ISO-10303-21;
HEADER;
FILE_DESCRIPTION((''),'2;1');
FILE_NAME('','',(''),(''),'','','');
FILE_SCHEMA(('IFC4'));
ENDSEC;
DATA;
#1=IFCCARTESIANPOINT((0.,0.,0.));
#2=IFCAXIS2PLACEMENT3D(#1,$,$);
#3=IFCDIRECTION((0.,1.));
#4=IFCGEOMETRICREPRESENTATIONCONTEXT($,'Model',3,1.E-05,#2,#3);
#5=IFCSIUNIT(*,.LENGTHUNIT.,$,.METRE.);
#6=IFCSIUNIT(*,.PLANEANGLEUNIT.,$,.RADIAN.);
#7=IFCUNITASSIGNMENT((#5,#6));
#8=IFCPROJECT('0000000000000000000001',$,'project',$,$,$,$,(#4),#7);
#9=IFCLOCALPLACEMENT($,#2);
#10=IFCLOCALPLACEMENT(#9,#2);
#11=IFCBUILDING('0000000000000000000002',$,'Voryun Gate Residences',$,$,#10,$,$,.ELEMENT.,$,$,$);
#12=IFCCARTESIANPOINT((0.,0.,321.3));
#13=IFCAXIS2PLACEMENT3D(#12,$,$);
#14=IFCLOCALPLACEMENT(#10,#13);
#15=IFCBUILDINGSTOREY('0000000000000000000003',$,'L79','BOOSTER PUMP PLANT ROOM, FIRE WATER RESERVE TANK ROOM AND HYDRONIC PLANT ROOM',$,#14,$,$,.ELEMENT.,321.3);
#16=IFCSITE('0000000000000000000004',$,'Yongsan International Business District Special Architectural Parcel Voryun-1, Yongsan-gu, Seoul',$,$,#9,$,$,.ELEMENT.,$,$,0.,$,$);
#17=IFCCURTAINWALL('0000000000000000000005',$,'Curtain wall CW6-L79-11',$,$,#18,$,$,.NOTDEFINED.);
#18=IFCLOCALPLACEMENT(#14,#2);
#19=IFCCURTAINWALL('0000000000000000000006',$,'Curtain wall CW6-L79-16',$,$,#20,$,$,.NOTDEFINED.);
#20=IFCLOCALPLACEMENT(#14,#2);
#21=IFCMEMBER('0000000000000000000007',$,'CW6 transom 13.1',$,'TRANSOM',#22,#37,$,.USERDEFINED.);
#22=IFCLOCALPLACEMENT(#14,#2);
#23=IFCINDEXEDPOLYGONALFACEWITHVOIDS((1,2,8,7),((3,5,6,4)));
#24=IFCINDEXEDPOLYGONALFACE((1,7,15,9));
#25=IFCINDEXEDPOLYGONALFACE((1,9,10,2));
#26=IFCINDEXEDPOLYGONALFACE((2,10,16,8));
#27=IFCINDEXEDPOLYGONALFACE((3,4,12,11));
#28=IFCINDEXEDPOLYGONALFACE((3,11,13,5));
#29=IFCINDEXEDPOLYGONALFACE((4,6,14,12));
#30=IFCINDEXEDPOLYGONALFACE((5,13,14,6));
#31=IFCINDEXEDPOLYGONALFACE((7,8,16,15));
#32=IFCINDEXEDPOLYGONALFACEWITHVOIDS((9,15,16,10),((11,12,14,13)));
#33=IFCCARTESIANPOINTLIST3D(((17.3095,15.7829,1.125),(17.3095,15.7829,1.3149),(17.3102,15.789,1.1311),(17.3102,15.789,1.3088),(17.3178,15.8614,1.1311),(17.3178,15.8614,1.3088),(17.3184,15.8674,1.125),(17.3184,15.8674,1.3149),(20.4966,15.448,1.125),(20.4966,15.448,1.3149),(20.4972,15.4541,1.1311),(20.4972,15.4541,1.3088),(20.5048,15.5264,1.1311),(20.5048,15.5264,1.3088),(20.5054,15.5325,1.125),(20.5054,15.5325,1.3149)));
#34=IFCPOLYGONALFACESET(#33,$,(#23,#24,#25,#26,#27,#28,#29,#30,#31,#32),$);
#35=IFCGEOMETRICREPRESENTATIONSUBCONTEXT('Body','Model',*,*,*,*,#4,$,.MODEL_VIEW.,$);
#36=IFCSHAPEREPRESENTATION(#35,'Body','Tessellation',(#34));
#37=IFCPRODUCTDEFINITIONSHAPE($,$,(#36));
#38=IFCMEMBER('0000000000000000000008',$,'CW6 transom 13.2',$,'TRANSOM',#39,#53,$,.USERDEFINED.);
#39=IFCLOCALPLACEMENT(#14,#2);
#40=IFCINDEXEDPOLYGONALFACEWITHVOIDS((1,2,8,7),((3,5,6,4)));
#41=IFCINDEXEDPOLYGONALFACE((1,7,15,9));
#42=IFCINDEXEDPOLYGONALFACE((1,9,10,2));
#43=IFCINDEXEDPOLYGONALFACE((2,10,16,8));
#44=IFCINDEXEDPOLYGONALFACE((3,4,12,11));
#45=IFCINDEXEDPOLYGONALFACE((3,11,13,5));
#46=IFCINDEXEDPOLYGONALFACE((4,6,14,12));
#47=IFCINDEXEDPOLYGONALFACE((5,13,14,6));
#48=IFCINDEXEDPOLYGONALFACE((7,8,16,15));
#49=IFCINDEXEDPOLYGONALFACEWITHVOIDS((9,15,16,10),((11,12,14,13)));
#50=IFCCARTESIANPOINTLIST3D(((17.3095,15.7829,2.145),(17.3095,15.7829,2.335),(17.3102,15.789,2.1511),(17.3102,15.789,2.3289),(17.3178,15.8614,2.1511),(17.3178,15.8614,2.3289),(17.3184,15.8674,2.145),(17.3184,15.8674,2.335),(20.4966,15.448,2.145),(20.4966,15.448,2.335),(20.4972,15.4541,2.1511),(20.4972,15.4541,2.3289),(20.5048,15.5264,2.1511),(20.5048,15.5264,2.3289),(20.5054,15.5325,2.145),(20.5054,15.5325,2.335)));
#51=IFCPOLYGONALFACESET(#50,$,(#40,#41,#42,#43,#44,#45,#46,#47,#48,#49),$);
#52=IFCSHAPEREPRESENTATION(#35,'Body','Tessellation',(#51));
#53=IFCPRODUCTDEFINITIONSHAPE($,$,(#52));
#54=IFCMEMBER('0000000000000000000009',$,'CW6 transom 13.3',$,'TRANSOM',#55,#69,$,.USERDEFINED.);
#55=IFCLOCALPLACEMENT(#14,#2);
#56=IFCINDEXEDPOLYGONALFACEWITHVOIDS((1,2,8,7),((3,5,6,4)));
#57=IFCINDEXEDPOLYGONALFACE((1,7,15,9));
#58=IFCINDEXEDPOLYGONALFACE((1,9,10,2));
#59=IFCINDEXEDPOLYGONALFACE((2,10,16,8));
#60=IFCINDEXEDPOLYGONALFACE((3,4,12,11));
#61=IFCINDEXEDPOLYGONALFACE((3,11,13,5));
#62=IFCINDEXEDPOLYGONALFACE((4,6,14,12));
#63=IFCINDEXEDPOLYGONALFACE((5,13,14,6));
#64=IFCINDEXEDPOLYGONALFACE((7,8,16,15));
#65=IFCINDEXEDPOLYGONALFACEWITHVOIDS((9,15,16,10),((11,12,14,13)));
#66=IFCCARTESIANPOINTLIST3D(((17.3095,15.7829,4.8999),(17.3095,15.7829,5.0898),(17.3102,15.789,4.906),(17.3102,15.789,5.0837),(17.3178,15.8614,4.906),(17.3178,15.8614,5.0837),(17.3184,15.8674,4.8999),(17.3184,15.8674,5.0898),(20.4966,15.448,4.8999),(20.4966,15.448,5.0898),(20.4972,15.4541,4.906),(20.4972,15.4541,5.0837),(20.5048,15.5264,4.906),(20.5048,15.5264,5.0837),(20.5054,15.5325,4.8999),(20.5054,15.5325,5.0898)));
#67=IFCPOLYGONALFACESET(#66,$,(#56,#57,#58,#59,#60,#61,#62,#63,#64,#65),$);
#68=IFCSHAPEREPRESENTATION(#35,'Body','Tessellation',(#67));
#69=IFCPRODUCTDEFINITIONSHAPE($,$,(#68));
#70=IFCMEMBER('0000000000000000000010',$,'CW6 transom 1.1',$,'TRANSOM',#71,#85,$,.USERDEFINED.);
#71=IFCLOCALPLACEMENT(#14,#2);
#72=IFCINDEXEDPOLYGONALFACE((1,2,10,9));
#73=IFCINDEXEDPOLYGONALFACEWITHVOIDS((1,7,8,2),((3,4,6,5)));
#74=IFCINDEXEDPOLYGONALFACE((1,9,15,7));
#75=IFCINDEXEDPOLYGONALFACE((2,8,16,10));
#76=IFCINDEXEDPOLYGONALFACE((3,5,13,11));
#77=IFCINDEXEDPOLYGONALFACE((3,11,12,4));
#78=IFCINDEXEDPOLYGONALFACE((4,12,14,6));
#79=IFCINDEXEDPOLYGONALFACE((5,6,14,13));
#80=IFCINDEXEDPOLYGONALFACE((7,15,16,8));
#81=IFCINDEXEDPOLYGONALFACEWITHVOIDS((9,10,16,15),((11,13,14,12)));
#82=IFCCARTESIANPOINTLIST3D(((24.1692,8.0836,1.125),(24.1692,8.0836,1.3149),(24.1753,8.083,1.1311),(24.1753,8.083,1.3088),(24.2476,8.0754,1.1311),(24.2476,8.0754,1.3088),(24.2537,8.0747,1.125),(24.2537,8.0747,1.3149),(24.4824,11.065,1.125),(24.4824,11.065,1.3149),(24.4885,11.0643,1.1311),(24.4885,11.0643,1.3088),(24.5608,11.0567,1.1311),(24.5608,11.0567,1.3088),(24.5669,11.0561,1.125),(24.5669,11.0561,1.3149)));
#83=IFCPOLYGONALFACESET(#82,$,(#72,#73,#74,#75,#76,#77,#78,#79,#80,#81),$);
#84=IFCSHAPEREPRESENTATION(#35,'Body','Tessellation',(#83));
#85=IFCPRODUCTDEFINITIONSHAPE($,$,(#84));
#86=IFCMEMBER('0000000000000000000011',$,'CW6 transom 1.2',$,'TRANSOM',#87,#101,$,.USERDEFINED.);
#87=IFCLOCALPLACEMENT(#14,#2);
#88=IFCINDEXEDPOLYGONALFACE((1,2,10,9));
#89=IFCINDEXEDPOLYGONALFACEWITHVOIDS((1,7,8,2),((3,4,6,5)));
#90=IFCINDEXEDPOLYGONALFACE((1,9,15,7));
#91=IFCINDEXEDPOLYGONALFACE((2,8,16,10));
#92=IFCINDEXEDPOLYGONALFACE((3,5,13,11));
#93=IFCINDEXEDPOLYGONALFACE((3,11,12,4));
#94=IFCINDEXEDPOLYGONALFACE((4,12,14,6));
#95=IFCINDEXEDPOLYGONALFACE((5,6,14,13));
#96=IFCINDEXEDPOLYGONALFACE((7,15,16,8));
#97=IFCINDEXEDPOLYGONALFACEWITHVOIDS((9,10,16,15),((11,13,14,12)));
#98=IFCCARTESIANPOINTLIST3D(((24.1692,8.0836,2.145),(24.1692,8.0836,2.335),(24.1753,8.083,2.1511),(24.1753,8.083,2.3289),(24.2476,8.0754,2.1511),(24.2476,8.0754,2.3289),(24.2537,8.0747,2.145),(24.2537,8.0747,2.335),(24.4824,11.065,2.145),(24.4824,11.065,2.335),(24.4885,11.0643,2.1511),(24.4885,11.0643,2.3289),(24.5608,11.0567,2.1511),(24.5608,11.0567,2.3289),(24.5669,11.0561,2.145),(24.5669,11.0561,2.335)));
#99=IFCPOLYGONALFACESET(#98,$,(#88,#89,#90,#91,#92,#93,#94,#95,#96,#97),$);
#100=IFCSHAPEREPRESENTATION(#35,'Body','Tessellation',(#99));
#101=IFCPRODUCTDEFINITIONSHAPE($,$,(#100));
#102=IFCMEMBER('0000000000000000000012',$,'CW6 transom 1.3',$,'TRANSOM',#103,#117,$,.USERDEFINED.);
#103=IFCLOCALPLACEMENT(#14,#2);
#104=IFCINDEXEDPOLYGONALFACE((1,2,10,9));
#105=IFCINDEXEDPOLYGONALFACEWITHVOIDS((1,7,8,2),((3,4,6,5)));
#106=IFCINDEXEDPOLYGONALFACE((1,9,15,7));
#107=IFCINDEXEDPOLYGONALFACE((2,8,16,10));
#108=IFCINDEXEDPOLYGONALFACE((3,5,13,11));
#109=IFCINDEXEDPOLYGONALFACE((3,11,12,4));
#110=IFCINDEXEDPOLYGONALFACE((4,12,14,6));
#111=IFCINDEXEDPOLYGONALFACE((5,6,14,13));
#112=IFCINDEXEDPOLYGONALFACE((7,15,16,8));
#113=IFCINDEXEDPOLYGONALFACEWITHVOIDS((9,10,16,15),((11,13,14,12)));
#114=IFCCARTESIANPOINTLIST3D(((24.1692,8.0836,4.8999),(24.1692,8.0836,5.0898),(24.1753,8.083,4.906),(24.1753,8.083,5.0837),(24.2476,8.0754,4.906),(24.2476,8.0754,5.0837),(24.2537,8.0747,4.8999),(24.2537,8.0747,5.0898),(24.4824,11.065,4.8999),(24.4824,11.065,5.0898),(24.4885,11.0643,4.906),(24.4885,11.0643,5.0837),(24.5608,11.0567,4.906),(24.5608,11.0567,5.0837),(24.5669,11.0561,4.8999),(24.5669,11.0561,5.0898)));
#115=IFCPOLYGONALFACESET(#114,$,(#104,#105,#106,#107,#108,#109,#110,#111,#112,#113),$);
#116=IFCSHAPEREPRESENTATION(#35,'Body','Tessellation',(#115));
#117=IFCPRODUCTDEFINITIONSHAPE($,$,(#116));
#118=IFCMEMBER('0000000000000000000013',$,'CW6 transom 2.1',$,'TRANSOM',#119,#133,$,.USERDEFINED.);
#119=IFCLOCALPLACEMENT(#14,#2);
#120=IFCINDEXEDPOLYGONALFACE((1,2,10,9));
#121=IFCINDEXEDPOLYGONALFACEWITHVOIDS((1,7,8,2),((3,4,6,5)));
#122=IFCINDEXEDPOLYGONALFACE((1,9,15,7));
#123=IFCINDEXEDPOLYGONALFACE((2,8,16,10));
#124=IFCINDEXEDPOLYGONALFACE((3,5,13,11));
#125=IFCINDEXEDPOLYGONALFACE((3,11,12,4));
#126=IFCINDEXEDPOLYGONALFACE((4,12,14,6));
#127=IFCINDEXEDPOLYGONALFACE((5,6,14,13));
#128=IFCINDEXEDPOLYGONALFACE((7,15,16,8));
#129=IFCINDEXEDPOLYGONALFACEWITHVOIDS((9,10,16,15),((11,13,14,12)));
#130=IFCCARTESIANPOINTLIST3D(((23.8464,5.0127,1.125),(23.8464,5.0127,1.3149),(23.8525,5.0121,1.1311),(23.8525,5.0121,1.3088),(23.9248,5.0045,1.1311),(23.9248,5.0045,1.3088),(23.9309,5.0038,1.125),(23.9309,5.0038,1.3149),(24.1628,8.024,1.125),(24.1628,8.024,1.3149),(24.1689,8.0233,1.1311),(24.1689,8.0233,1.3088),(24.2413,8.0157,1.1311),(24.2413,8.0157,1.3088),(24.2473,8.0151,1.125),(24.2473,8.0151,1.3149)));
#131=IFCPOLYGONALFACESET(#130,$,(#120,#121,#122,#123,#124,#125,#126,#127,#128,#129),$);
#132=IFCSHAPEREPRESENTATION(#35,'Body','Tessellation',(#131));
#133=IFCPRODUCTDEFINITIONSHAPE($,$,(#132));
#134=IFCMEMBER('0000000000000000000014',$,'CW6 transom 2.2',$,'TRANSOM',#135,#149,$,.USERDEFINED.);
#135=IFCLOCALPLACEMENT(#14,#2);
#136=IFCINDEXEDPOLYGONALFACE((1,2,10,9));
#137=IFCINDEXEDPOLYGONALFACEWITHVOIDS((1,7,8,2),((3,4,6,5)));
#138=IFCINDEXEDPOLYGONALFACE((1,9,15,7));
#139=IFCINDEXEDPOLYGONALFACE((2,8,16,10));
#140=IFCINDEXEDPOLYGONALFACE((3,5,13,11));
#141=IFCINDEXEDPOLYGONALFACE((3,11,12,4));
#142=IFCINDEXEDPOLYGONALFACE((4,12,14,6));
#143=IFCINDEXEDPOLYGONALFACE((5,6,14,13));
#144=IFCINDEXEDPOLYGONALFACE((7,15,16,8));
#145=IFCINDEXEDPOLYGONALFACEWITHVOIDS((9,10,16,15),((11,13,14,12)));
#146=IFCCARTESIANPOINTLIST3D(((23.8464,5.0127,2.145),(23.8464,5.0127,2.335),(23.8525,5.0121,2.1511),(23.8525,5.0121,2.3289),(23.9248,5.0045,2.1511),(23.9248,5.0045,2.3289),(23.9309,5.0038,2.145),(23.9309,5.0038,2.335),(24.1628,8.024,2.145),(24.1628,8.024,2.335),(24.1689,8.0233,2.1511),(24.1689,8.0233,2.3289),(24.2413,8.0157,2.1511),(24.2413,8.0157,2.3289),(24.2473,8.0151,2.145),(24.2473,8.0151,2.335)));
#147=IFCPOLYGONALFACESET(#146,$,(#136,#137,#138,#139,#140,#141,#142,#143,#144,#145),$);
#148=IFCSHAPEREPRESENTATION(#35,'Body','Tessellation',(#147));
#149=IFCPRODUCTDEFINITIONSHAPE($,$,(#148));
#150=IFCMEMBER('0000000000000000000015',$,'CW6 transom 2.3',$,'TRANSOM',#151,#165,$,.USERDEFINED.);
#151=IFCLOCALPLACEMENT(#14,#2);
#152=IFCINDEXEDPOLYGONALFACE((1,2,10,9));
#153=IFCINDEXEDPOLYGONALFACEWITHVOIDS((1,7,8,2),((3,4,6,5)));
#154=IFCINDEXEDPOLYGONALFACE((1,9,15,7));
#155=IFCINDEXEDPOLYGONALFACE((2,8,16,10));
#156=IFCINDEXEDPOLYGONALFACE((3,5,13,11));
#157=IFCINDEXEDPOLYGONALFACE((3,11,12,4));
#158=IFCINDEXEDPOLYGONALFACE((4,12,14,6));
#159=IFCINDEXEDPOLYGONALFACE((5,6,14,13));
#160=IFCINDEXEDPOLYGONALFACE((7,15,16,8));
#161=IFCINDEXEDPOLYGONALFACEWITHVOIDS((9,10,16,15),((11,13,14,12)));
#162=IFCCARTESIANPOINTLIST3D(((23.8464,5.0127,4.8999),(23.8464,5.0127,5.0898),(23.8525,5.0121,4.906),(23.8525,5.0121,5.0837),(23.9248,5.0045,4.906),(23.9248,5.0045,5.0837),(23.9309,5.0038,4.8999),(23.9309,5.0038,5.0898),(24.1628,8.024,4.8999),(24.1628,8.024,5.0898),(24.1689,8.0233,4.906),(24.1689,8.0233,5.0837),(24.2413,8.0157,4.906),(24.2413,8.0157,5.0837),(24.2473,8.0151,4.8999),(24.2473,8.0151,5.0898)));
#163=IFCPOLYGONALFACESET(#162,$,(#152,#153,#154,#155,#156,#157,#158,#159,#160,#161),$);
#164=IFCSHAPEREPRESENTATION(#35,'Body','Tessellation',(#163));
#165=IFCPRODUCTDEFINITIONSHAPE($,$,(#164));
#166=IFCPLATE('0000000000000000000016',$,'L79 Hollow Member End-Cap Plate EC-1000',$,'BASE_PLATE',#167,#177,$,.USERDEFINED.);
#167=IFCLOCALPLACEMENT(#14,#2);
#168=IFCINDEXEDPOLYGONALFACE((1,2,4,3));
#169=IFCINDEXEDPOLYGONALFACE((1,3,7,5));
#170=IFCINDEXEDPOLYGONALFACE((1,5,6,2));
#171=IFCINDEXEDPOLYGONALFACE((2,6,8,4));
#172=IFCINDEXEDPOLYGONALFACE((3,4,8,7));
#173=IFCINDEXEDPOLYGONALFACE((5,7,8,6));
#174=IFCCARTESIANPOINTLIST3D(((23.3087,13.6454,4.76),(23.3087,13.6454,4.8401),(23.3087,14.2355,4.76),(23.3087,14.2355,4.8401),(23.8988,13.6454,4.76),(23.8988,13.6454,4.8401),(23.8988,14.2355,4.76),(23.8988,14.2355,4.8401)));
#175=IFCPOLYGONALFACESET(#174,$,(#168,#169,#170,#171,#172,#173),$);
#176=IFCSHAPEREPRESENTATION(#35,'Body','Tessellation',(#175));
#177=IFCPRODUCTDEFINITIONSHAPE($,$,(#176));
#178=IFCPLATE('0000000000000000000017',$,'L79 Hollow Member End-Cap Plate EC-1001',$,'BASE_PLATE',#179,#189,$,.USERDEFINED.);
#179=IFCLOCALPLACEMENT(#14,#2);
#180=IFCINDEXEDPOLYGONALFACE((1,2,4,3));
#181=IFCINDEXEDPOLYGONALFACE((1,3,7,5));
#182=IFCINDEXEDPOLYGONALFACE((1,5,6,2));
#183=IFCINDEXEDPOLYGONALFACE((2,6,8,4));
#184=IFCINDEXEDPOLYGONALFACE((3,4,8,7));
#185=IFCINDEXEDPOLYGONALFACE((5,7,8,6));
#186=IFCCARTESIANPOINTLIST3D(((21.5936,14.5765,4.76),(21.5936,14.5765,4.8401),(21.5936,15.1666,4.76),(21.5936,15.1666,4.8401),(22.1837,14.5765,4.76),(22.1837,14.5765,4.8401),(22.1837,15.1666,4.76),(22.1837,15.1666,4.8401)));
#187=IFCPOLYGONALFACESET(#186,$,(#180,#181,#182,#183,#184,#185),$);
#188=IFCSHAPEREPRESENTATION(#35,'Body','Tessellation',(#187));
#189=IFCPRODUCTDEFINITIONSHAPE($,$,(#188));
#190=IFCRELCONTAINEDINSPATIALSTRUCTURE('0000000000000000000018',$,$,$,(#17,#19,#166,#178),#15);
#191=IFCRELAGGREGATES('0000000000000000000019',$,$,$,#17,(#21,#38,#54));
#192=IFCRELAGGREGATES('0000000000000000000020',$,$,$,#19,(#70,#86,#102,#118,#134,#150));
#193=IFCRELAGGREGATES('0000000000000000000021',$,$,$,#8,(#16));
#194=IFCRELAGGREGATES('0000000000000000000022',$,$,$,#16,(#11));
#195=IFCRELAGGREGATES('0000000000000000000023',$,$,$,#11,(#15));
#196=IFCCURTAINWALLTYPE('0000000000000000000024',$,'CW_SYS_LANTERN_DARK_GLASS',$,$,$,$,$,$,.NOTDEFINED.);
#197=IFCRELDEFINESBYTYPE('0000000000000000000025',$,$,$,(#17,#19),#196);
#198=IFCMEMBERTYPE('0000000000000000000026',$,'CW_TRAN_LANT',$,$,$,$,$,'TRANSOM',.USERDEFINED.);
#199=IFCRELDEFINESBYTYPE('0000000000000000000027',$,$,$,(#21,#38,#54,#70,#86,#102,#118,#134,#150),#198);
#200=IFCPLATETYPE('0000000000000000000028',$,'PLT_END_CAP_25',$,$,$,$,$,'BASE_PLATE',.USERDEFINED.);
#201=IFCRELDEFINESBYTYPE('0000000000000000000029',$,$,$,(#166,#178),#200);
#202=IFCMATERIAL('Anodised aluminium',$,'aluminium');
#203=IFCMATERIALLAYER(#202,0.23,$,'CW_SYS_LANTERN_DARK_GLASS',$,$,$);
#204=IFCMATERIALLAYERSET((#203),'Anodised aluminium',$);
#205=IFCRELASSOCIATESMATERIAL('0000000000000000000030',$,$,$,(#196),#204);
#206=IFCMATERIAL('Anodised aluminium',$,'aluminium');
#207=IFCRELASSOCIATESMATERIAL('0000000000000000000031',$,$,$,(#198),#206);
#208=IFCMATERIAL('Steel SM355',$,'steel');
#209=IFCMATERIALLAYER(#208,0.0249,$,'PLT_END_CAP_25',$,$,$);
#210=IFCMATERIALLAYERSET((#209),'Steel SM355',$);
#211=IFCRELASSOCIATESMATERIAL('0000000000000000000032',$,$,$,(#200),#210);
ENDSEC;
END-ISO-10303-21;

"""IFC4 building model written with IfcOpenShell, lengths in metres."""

from ifc_helpers import new_model, si_unit, direction, frame, origin, origin_2d, place, context, subcontext, project, spatial, rectangle, hollow_rectangle, extrude, material, layer, layer_set, material_profile, profile_set, type_object, element, aggregate, save


model = new_model("IFC4")

# Units and contexts
model_context = context("Model", 3, precision=1e-05, world=origin(), true_north=direction((0.0, 1.0)))
body_context = subcontext(model_context, "Body", "Model", "MODEL_VIEW")
ifc_project = project(units=[si_unit("LENGTHUNIT", "METRE"), si_unit("PLANEANGLEUNIT", "RADIAN")], contexts=[model_context])

# Site, building, storey
site_placement = place(None, origin())
site = spatial("IfcSite", under=ifc_project, at=site_placement, Name="Yongsan International Business District Special Architectural Parcel Voryun-1, Yongsan-gu, Seoul", CompositionType="ELEMENT", RefElevation=0.0)
building_placement = place(site_placement, origin())
building = spatial("IfcBuilding", under=site, at=building_placement, Name="Voryun Gate Residences", CompositionType="ELEMENT")
storey_placement = place(building_placement, frame((0.0, 0.0, 321.3)))
storey = spatial("IfcBuildingStorey", under=building, at=storey_placement, Name="L79", Description="BOOSTER PUMP PLANT ROOM, FIRE WATER RESERVE TANK ROOM AND HYDRONIC PLANT ROOM", CompositionType="ELEMENT", Elevation=321.3)

# Curtain walls
ifc_material_1 = material(Name="Anodised aluminium", Category="aluminium")
ifc_layer_1 = layer(ifc_material_1, 0.23, Name="CW_SYS_LANTERN_DARK_GLASS")
ifc_layer_set_1 = layer_set([ifc_layer_1], Name="Anodised aluminium")
curtain_wall_type = type_object("IfcCurtainWallType", Name="CW_SYS_LANTERN_DARK_GLASS", PredefinedType="NOTDEFINED", material=ifc_layer_set_1)
curtain_wall_1_placement = place(storey_placement, origin())
curtain_wall_1 = element("IfcCurtainWall", 1, at=curtain_wall_1_placement, inside=storey, type_object=curtain_wall_type, Name="Curtain wall CW6-L79-11", PredefinedType="NOTDEFINED")
curtain_wall_2_placement = place(storey_placement, origin())
curtain_wall_2 = element("IfcCurtainWall", 2, at=curtain_wall_2_placement, inside=storey, type_object=curtain_wall_type, Name="Curtain wall CW6-L79-16", PredefinedType="NOTDEFINED")

# Members
ifc_material_2 = material(Name="Anodised aluminium", Category="aluminium")
ifc_material_profile_1 = material_profile(ifc_material_2, hollow_rectangle(XDim=0.085, YDim=0.1899, WallThickness=0.0061, at=origin_2d()), Name="ALU-TRAN-190x85x6")
ifc_profile_set_1 = profile_set([ifc_material_profile_1], Name="Anodised aluminium")
member_type_1 = type_object("IfcMemberType", Name="CW_TRAN_LANT", ElementType="TRANSOM", PredefinedType="USERDEFINED", material=ifc_profile_set_1)
member_1_placement = place(storey_placement, frame((17.314, 15.8252, 1.22), z_axis=(0.994522, -0.104526, 0.0), x_axis=(0.104526, 0.994522, 0.0)))
member_1 = element("IfcMember", 3, at=member_1_placement, type_object=member_type_1, Name="CW6 transom 13.1", ObjectType="TRANSOM", PredefinedType="USERDEFINED", context=body_context, shape_type="SweptSolid", body=[
    extrude(hollow_rectangle(XDim=0.085, YDim=0.1899, WallThickness=0.0061, at=origin_2d()), origin(), (0.0, 0.0, 1.0), 3.2046),
])
member_2_placement = place(storey_placement, frame((17.314, 15.8252, 2.24), z_axis=(0.994522, -0.104526, 0.0), x_axis=(0.104526, 0.994522, 0.0)))
member_2 = element("IfcMember", 4, at=member_2_placement, type_object=member_type_1, Name="CW6 transom 13.2", ObjectType="TRANSOM", PredefinedType="USERDEFINED", context=body_context, shape_type="SweptSolid", body=[
    extrude(hollow_rectangle(XDim=0.085, YDim=0.1899, WallThickness=0.0061, at=origin_2d()), origin(), (0.0, 0.0, 1.0), 3.2046),
])
member_3_placement = place(storey_placement, frame((17.314, 15.8252, 4.9949), z_axis=(0.994522, -0.104526, 0.0), x_axis=(0.104526, 0.994522, 0.0)))
member_3 = element("IfcMember", 5, at=member_3_placement, type_object=member_type_1, Name="CW6 transom 13.3", ObjectType="TRANSOM", PredefinedType="USERDEFINED", context=body_context, shape_type="SweptSolid", body=[
    extrude(hollow_rectangle(XDim=0.085, YDim=0.1899, WallThickness=0.0061, at=origin_2d()), origin(), (0.0, 0.0, 1.0), 3.2046),
])
member_4_placement = place(storey_placement, frame((24.5247, 11.0605, 1.22), z_axis=(-0.104486, -0.994526, 0.0), x_axis=(0.994526, -0.104486, 0.0)))
member_4 = element("IfcMember", 6, at=member_4_placement, type_object=member_type_1, Name="CW6 transom 1.1", ObjectType="TRANSOM", PredefinedType="USERDEFINED", context=body_context, shape_type="SweptSolid", body=[
    extrude(hollow_rectangle(XDim=0.085, YDim=0.1899, WallThickness=0.0061, at=origin_2d()), origin(), (0.0, 0.0, 1.0), 2.9978),
])
member_5_placement = place(storey_placement, frame((24.5247, 11.0605, 2.24), z_axis=(-0.104486, -0.994526, 0.0), x_axis=(0.994526, -0.104486, 0.0)))
member_5 = element("IfcMember", 7, at=member_5_placement, type_object=member_type_1, Name="CW6 transom 1.2", ObjectType="TRANSOM", PredefinedType="USERDEFINED", context=body_context, shape_type="SweptSolid", body=[
    extrude(hollow_rectangle(XDim=0.085, YDim=0.1899, WallThickness=0.0061, at=origin_2d()), origin(), (0.0, 0.0, 1.0), 2.9978),
])
member_6_placement = place(storey_placement, frame((24.5247, 11.0605, 4.9949), z_axis=(-0.104486, -0.994526, 0.0), x_axis=(0.994526, -0.104486, 0.0)))
member_6 = element("IfcMember", 8, at=member_6_placement, type_object=member_type_1, Name="CW6 transom 1.3", ObjectType="TRANSOM", PredefinedType="USERDEFINED", context=body_context, shape_type="SweptSolid", body=[
    extrude(hollow_rectangle(XDim=0.085, YDim=0.1899, WallThickness=0.0061, at=origin_2d()), origin(), (0.0, 0.0, 1.0), 2.9978),
])
member_7_placement = place(storey_placement, frame((24.2051, 8.0195, 1.22), z_axis=(-0.1045, -0.994525, 0.0), x_axis=(0.994525, -0.1045, 0.0)))
member_7 = element("IfcMember", 9, at=member_7_placement, type_object=member_type_1, Name="CW6 transom 2.1", ObjectType="TRANSOM", PredefinedType="USERDEFINED", context=body_context, shape_type="SweptSolid", body=[
    extrude(hollow_rectangle(XDim=0.085, YDim=0.1899, WallThickness=0.0061, at=origin_2d()), origin(), (0.0, 0.0, 1.0), 3.0278),
])
member_8_placement = place(storey_placement, frame((24.2051, 8.0195, 2.24), z_axis=(-0.1045, -0.994525, 0.0), x_axis=(0.994525, -0.1045, 0.0)))
member_8 = element("IfcMember", 10, at=member_8_placement, type_object=member_type_1, Name="CW6 transom 2.2", ObjectType="TRANSOM", PredefinedType="USERDEFINED", context=body_context, shape_type="SweptSolid", body=[
    extrude(hollow_rectangle(XDim=0.085, YDim=0.1899, WallThickness=0.0061, at=origin_2d()), origin(), (0.0, 0.0, 1.0), 3.0278),
])
member_9_placement = place(storey_placement, frame((24.2051, 8.0195, 4.9949), z_axis=(-0.1045, -0.994525, 0.0), x_axis=(0.994525, -0.1045, 0.0)))
member_9 = element("IfcMember", 11, at=member_9_placement, type_object=member_type_1, Name="CW6 transom 2.3", ObjectType="TRANSOM", PredefinedType="USERDEFINED", context=body_context, shape_type="SweptSolid", body=[
    extrude(hollow_rectangle(XDim=0.085, YDim=0.1899, WallThickness=0.0061, at=origin_2d()), origin(), (0.0, 0.0, 1.0), 3.0278),
])

# Plates
ifc_material_3 = material(Name="Steel SM355", Category="steel")
ifc_layer_2 = layer(ifc_material_3, 0.0249, Name="PLT_END_CAP_25")
ifc_layer_set_2 = layer_set([ifc_layer_2], Name="Steel SM355")
plate_type_1 = type_object("IfcPlateType", Name="PLT_END_CAP_25", ElementType="BASE_PLATE", PredefinedType="USERDEFINED", material=ifc_layer_set_2)
for number, where, z_axis, x_axis, name in (
    (12, (23.6038, 13.9404, 4.76), (0.0, 0.0, 1.0), (1.0, 0.0, 0.0), "L79 Hollow Member End-Cap Plate EC-1000"),
    (13, (21.8887, 14.8716, 4.76), (0.0, 0.0, 1.0), (1.0, 0.0, 0.0), "L79 Hollow Member End-Cap Plate EC-1001"),
):
    element("IfcPlate", number, at=place(storey_placement, frame(where, z_axis=z_axis, x_axis=x_axis)), inside=storey, type_object=plate_type_1, Name=name, ObjectType="BASE_PLATE", PredefinedType="USERDEFINED", context=body_context, shape_type="SweptSolid", body=[
        extrude(rectangle(XDim=0.5901, YDim=0.5901, at=origin_2d()), origin(), (0.0, 0.0, 1.0), 0.0801),
    ])

aggregate(curtain_wall_1, [member_1, member_2, member_3])
aggregate(curtain_wall_2, [member_4, member_5, member_6, member_7, member_8, member_9])

save(model, "model.ifc")
